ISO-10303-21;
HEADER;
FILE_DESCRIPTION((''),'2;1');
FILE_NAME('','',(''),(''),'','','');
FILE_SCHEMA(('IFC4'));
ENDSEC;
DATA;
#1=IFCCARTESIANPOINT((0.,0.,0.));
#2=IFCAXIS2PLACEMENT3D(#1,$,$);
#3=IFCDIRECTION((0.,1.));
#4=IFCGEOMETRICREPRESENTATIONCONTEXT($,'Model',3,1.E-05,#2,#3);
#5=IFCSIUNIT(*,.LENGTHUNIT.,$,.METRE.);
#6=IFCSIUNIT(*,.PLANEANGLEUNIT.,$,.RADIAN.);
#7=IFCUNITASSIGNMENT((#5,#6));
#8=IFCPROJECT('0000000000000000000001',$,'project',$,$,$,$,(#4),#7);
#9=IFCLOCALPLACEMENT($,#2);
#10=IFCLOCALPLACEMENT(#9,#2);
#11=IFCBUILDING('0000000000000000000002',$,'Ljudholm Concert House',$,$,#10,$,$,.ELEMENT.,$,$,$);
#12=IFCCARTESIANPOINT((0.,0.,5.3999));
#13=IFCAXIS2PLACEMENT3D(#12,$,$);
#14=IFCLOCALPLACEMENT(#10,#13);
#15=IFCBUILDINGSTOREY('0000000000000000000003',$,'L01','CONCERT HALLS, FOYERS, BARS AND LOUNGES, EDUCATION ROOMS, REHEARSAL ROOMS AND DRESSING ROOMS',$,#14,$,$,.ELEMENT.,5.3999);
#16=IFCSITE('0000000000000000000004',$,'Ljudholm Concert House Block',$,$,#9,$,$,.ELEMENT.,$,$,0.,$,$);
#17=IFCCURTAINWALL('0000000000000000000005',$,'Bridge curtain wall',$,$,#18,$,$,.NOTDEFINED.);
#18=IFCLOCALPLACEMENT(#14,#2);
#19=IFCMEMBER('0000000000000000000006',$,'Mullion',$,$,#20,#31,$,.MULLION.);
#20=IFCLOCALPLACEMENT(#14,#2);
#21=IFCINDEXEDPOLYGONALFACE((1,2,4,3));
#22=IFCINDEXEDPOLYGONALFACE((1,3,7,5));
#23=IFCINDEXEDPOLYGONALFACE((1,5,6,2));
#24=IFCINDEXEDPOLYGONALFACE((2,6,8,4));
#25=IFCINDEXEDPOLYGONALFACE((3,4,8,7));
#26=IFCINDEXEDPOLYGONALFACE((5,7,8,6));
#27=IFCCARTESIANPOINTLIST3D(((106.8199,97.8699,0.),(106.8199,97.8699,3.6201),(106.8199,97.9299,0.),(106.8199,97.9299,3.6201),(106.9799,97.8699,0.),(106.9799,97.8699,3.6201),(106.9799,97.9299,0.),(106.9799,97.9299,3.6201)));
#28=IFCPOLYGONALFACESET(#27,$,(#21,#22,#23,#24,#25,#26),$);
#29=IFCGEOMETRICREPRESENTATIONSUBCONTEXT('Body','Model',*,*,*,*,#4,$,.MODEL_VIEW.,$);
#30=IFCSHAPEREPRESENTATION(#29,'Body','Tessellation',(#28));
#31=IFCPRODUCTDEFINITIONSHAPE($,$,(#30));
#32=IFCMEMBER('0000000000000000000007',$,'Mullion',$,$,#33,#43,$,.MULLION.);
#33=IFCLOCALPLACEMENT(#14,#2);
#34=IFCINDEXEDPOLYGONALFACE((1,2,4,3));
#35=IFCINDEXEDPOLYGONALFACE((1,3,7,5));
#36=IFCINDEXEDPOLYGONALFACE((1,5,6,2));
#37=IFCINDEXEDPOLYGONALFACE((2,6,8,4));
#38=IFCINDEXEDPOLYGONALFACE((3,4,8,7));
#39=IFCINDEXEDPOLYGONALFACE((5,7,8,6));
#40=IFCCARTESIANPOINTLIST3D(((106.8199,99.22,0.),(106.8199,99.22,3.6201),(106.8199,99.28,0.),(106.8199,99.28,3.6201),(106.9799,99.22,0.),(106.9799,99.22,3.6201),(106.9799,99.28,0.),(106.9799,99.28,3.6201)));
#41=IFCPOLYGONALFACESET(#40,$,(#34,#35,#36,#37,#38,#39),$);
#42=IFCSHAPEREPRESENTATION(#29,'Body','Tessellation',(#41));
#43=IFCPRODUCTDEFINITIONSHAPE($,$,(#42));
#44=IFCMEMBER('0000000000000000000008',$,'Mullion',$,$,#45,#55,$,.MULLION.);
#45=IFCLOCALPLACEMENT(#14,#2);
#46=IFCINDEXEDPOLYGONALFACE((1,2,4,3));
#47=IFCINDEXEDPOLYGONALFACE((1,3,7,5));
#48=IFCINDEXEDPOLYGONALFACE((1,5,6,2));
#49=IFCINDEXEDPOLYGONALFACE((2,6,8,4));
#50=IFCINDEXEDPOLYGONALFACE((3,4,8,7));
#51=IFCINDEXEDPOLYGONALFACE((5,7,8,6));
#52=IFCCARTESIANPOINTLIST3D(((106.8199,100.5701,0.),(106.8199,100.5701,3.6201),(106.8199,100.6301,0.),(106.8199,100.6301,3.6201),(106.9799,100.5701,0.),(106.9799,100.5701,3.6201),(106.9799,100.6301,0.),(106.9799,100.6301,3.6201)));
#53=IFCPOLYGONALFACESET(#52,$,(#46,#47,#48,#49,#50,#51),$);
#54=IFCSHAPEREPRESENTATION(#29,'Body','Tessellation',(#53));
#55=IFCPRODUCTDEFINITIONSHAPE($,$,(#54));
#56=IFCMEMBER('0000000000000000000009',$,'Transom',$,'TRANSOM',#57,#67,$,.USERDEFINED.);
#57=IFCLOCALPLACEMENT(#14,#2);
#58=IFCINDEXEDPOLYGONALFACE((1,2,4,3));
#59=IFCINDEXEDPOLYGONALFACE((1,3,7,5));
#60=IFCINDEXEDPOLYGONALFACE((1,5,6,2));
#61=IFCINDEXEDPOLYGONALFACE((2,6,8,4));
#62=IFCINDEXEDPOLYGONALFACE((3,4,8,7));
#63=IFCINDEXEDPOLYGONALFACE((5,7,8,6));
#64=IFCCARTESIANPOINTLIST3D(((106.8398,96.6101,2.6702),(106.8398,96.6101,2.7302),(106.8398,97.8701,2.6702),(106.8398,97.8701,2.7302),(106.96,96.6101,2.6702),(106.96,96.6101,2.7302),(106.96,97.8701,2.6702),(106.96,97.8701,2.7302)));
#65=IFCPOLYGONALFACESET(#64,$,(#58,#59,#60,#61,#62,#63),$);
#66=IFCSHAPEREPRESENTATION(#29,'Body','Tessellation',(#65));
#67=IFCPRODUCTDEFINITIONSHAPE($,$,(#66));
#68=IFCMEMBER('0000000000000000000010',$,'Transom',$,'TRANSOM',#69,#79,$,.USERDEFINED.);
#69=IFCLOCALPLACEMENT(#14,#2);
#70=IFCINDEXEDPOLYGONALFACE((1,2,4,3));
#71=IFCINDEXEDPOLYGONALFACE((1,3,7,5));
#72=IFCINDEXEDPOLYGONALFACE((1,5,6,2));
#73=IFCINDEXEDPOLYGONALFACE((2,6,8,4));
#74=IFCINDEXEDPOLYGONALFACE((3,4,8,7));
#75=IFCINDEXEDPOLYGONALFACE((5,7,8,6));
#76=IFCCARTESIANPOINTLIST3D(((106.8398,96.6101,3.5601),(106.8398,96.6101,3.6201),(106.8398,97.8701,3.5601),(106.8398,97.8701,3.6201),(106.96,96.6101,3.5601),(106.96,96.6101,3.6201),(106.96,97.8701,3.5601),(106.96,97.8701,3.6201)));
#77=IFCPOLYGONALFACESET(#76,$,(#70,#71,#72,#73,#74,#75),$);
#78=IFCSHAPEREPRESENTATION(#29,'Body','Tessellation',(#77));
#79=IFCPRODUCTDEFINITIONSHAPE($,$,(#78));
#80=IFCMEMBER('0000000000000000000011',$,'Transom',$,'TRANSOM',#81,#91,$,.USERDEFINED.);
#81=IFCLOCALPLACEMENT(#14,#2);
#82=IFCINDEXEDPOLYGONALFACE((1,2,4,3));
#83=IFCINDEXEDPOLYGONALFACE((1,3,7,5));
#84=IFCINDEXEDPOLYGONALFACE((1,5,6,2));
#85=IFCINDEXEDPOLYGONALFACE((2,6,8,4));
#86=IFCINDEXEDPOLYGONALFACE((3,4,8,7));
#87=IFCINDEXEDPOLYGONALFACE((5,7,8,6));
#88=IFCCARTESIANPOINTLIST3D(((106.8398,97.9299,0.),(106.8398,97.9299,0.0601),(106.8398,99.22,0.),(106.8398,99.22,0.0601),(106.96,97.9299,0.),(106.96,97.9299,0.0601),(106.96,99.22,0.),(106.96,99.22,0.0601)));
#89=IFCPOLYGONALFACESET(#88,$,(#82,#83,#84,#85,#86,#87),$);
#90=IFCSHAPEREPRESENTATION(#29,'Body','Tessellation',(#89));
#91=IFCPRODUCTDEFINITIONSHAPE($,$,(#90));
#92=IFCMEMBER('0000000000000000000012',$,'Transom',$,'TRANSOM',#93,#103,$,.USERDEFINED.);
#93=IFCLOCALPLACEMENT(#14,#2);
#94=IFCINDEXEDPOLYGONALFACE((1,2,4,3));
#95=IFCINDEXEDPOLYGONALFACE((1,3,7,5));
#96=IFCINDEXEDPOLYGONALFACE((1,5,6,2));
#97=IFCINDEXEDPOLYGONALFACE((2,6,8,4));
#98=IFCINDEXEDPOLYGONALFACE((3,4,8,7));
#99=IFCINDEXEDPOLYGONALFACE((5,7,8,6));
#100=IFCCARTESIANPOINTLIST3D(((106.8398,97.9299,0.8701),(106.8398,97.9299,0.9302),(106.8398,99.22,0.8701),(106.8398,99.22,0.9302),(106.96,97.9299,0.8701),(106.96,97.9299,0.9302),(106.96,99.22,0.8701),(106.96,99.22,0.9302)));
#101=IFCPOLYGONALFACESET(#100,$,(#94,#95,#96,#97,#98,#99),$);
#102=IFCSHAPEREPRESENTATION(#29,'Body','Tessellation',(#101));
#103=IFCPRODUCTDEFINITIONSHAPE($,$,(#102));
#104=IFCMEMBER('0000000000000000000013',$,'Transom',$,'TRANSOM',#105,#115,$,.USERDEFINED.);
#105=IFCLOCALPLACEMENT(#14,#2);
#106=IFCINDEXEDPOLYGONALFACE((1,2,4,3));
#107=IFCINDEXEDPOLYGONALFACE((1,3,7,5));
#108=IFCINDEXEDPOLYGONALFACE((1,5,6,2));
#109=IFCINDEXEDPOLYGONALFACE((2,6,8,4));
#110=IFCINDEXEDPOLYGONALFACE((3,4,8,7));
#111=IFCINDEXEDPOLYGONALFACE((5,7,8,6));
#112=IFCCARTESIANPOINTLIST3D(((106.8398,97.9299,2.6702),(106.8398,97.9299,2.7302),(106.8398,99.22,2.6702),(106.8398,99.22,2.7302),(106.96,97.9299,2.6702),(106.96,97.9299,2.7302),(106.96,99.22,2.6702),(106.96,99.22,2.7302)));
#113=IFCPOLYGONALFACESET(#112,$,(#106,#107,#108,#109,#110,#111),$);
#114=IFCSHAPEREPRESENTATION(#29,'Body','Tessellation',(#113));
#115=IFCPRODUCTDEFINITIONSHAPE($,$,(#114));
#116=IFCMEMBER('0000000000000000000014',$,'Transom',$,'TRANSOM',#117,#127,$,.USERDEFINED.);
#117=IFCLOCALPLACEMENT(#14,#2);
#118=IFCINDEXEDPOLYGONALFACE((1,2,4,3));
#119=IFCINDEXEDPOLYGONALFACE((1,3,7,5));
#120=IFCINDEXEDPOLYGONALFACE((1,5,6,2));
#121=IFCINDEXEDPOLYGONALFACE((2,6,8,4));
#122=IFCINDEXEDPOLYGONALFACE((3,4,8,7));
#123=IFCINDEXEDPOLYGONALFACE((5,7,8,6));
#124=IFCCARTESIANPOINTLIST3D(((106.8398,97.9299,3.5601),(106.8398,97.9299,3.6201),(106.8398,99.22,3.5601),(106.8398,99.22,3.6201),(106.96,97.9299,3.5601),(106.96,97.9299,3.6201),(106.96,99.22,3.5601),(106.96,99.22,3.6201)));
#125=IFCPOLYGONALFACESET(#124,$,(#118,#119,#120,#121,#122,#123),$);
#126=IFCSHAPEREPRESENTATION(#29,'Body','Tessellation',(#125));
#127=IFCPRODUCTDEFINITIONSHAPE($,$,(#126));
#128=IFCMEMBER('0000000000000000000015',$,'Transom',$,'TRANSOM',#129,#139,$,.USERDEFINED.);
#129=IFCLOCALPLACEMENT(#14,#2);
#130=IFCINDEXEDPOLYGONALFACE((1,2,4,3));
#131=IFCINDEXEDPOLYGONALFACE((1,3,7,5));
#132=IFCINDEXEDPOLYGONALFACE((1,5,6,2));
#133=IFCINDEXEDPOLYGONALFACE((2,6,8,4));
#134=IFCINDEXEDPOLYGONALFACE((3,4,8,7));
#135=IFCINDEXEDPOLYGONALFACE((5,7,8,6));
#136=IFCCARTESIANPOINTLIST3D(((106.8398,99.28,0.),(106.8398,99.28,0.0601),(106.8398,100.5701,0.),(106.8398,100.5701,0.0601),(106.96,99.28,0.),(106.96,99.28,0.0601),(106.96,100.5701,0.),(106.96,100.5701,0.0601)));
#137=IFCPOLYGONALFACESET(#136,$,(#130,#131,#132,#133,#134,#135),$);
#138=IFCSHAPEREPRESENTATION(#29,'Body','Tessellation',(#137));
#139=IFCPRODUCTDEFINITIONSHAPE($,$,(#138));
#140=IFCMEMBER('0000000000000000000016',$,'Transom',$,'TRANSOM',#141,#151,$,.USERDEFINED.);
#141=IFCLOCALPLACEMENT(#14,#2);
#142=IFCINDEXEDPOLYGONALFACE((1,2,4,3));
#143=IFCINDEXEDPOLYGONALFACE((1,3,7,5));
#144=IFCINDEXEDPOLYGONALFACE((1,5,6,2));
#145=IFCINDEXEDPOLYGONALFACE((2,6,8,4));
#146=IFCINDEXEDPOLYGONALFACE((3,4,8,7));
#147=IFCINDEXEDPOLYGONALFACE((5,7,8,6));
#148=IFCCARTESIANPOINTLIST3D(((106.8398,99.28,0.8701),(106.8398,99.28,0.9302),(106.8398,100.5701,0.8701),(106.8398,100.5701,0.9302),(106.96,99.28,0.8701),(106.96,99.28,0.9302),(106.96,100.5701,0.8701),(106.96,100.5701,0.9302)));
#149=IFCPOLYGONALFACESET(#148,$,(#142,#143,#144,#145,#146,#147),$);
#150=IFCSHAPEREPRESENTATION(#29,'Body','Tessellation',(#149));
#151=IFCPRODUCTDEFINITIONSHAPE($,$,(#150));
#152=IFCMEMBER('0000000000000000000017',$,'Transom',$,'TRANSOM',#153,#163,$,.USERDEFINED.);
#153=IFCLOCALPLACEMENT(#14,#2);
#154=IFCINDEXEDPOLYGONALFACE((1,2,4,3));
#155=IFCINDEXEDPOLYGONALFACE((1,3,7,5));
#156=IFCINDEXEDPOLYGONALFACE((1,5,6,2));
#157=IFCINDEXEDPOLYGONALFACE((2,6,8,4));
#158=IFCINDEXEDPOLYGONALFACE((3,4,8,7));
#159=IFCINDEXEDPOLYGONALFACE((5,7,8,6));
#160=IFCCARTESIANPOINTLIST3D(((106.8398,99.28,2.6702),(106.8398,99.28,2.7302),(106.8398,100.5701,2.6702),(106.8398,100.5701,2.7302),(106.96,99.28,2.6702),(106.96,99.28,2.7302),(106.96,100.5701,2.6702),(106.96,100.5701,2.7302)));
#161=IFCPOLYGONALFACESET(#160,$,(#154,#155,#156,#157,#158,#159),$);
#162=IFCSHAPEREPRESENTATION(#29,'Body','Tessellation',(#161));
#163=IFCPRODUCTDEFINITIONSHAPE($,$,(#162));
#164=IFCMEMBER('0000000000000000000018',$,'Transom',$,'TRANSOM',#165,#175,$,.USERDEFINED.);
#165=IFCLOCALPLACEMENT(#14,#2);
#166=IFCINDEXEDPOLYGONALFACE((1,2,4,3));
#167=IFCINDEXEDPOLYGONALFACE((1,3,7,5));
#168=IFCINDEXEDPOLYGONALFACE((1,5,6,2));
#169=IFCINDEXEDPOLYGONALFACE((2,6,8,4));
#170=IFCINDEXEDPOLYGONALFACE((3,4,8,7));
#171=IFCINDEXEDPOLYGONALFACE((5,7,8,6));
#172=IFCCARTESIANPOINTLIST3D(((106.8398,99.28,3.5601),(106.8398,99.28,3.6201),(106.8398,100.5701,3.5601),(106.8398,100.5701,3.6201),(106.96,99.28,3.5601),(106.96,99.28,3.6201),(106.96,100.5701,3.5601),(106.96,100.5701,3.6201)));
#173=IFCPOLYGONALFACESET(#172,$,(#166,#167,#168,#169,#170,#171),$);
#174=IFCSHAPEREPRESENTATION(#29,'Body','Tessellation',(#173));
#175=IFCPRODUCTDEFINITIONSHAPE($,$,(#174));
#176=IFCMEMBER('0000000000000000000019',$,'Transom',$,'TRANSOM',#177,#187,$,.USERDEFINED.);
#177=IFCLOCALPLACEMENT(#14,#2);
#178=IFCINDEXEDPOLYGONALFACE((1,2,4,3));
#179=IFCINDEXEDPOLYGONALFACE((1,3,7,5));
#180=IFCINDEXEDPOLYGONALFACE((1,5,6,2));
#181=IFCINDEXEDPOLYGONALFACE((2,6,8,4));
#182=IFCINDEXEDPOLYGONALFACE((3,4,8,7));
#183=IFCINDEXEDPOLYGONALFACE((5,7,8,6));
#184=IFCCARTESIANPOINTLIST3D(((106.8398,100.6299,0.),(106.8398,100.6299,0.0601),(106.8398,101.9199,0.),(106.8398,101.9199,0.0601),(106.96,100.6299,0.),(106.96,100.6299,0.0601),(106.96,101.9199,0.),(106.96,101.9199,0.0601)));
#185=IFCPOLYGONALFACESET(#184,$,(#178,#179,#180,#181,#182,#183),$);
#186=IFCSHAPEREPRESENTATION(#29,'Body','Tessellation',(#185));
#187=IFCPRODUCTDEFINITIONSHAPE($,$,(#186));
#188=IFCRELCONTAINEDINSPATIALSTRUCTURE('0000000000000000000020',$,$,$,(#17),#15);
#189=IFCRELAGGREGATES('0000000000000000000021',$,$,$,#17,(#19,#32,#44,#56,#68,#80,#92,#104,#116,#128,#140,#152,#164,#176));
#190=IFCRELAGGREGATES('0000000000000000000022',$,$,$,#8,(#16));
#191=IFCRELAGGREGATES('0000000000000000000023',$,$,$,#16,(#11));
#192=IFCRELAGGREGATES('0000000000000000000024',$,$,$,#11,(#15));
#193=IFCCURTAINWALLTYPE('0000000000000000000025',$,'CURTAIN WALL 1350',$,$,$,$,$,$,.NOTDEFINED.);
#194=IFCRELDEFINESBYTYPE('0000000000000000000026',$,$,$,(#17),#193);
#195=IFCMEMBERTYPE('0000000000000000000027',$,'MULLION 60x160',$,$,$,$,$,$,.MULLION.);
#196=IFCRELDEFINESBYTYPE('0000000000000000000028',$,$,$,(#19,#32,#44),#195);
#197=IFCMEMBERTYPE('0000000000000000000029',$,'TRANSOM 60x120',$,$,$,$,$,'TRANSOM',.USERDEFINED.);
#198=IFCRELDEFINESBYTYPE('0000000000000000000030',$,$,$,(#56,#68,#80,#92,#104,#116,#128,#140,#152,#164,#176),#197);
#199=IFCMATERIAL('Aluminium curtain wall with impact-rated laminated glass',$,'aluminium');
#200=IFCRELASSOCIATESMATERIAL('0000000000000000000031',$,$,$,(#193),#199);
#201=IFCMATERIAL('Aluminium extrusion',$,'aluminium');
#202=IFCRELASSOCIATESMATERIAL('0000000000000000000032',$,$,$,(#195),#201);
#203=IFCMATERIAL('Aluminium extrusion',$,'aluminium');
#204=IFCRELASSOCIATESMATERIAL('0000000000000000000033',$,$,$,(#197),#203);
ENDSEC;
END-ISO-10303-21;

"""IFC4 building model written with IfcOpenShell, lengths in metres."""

from ifc_helpers import new_model, si_unit, direction, frame, origin, origin_2d, place, context, subcontext, project, spatial, rectangle, extrude, material, material_profile, profile_set, type_object, element, aggregate, save


model = new_model("IFC4")

# Units and contexts
model_context = context("Model", 3, precision=1e-05, world=origin(), true_north=direction((0.0, 1.0)))
body_context = subcontext(model_context, "Body", "Model", "MODEL_VIEW")
ifc_project = project(units=[si_unit("LENGTHUNIT", "METRE"), si_unit("PLANEANGLEUNIT", "RADIAN")], contexts=[model_context])

# Site, building, storey
site_placement = place(None, origin())
site = spatial("IfcSite", under=ifc_project, at=site_placement, Name="Ljudholm Concert House Block", CompositionType="ELEMENT", RefElevation=0.0)
building_placement = place(site_placement, origin())
building = spatial("IfcBuilding", under=site, at=building_placement, Name="Ljudholm Concert House", CompositionType="ELEMENT")
storey_placement = place(building_placement, frame((0.0, 0.0, 5.3999)))
storey = spatial("IfcBuildingStorey", under=building, at=storey_placement, Name="L01", Description="CONCERT HALLS, FOYERS, BARS AND LOUNGES, EDUCATION ROOMS, REHEARSAL ROOMS AND DRESSING ROOMS", CompositionType="ELEMENT", Elevation=5.3999)

# Curtain wall, members
ifc_material_1 = material(Name="Aluminium curtain wall with impact-rated laminated glass", Category="aluminium")
curtain_wall_type = type_object("IfcCurtainWallType", Name="CURTAIN WALL 1350", PredefinedType="NOTDEFINED", material=ifc_material_1)
curtain_wall_placement = place(storey_placement, origin())
curtain_wall = element("IfcCurtainWall", 1, at=curtain_wall_placement, inside=storey, type_object=curtain_wall_type, Name="Bridge curtain wall", PredefinedType="NOTDEFINED")
ifc_material_2 = material(Name="Aluminium extrusion", Category="aluminium")
ifc_material_profile_1 = material_profile(ifc_material_2, rectangle(XDim=0.1599, YDim=0.0601, at=origin_2d()), Name="MULLION 60x160")
ifc_profile_set_1 = profile_set([ifc_material_profile_1], Name="Aluminium extrusion")
member_type_1 = type_object("IfcMemberType", Name="MULLION 60x160", PredefinedType="MULLION", material=ifc_profile_set_1)
member_1_placement = place(storey_placement, frame((106.8999, 97.8999, 0.0), z_axis=(0.0, 0.0, 1.0), x_axis=(-1.0, 0.0, 0.0)))
member_1 = element("IfcMember", 2, at=member_1_placement, type_object=member_type_1, Name="Mullion", PredefinedType="MULLION", context=body_context, shape_type="SweptSolid", body=[
    extrude(rectangle(XDim=0.1599, YDim=0.0601, at=origin_2d()), origin(), (0.0, 0.0, 1.0), 3.6201),
])
member_2_placement = place(storey_placement, frame((106.8999, 99.25, 0.0), z_axis=(0.0, 0.0, 1.0), x_axis=(-1.0, 0.0, 0.0)))
member_2 = element("IfcMember", 3, at=member_2_placement, type_object=member_type_1, Name="Mullion", PredefinedType="MULLION", context=body_context, shape_type="SweptSolid", body=[
    extrude(rectangle(XDim=0.1599, YDim=0.0601, at=origin_2d()), origin(), (0.0, 0.0, 1.0), 3.6201),
])
member_3_placement = place(storey_placement, frame((106.8999, 100.6001, 0.0), z_axis=(0.0, 0.0, 1.0), x_axis=(-1.0, 0.0, 0.0)))
member_3 = element("IfcMember", 4, at=member_3_placement, type_object=member_type_1, Name="Mullion", PredefinedType="MULLION", context=body_context, shape_type="SweptSolid", body=[
    extrude(rectangle(XDim=0.1599, YDim=0.0601, at=origin_2d()), origin(), (0.0, 0.0, 1.0), 3.6201),
])
ifc_material_3 = material(Name="Aluminium extrusion", Category="aluminium")
ifc_material_profile_2 = material_profile(ifc_material_3, rectangle(XDim=0.1201, YDim=0.0601, at=origin_2d()), Name="TRANSOM 60x120")
ifc_profile_set_2 = profile_set([ifc_material_profile_2], Name="Aluminium extrusion")
member_type_2 = type_object("IfcMemberType", Name="TRANSOM 60x120", ElementType="TRANSOM", PredefinedType="USERDEFINED", material=ifc_profile_set_2)
member_4_placement = place(storey_placement, frame((106.8999, 96.6101, 2.7002), z_axis=(0.0, 1.0, 0.0), x_axis=(-1.0, 0.0, 0.0)))
member_4 = element("IfcMember", 5, at=member_4_placement, type_object=member_type_2, Name="Transom", ObjectType="TRANSOM", PredefinedType="USERDEFINED", context=body_context, shape_type="SweptSolid", body=[
    extrude(rectangle(XDim=0.1201, YDim=0.0601, at=origin_2d()), origin(), (0.0, 0.0, 1.0), 1.26),
])
member_5_placement = place(storey_placement, frame((106.8999, 96.6101, 3.5901), z_axis=(0.0, 1.0, 0.0), x_axis=(-1.0, 0.0, 0.0)))
member_5 = element("IfcMember", 6, at=member_5_placement, type_object=member_type_2, Name="Transom", ObjectType="TRANSOM", PredefinedType="USERDEFINED", context=body_context, shape_type="SweptSolid", body=[
    extrude(rectangle(XDim=0.1201, YDim=0.0601, at=origin_2d()), origin(), (0.0, 0.0, 1.0), 1.26),
])
member_6_placement = place(storey_placement, frame((106.8999, 97.9299, 0.03), z_axis=(0.0, 1.0, 0.0), x_axis=(-1.0, 0.0, 0.0)))
member_6 = element("IfcMember", 7, at=member_6_placement, type_object=member_type_2, Name="Transom", ObjectType="TRANSOM", PredefinedType="USERDEFINED", context=body_context, shape_type="SweptSolid", body=[
    extrude(rectangle(XDim=0.1201, YDim=0.0601, at=origin_2d()), origin(), (0.0, 0.0, 1.0), 1.29),
])
member_7_placement = place(storey_placement, frame((106.8999, 97.9299, 0.9001), z_axis=(0.0, 1.0, 0.0), x_axis=(-1.0, 0.0, 0.0)))
member_7 = element("IfcMember", 8, at=member_7_placement, type_object=member_type_2, Name="Transom", ObjectType="TRANSOM", PredefinedType="USERDEFINED", context=body_context, shape_type="SweptSolid", body=[
    extrude(rectangle(XDim=0.1201, YDim=0.0601, at=origin_2d()), origin(), (0.0, 0.0, 1.0), 1.29),
])
member_8_placement = place(storey_placement, frame((106.8999, 97.9299, 2.7002), z_axis=(0.0, 1.0, 0.0), x_axis=(-1.0, 0.0, 0.0)))
member_8 = element("IfcMember", 9, at=member_8_placement, type_object=member_type_2, Name="Transom", ObjectType="TRANSOM", PredefinedType="USERDEFINED", context=body_context, shape_type="SweptSolid", body=[
    extrude(rectangle(XDim=0.1201, YDim=0.0601, at=origin_2d()), origin(), (0.0, 0.0, 1.0), 1.29),
])
member_9_placement = place(storey_placement, frame((106.8999, 97.9299, 3.5901), z_axis=(0.0, 1.0, 0.0), x_axis=(-1.0, 0.0, 0.0)))
member_9 = element("IfcMember", 10, at=member_9_placement, type_object=member_type_2, Name="Transom", ObjectType="TRANSOM", PredefinedType="USERDEFINED", context=body_context, shape_type="SweptSolid", body=[
    extrude(rectangle(XDim=0.1201, YDim=0.0601, at=origin_2d()), origin(), (0.0, 0.0, 1.0), 1.29),
])
member_10_placement = place(storey_placement, frame((106.8999, 99.28, 0.03), z_axis=(0.0, 1.0, 0.0), x_axis=(-1.0, 0.0, 0.0)))
member_10 = element("IfcMember", 11, at=member_10_placement, type_object=member_type_2, Name="Transom", ObjectType="TRANSOM", PredefinedType="USERDEFINED", context=body_context, shape_type="SweptSolid", body=[
    extrude(rectangle(XDim=0.1201, YDim=0.0601, at=origin_2d()), origin(), (0.0, 0.0, 1.0), 1.29),
])
member_11_placement = place(storey_placement, frame((106.8999, 99.28, 0.9001), z_axis=(0.0, 1.0, 0.0), x_axis=(-1.0, 0.0, 0.0)))
member_11 = element("IfcMember", 12, at=member_11_placement, type_object=member_type_2, Name="Transom", ObjectType="TRANSOM", PredefinedType="USERDEFINED", context=body_context, shape_type="SweptSolid", body=[
    extrude(rectangle(XDim=0.1201, YDim=0.0601, at=origin_2d()), origin(), (0.0, 0.0, 1.0), 1.29),
])
member_12_placement = place(storey_placement, frame((106.8999, 99.28, 2.7002), z_axis=(0.0, 1.0, 0.0), x_axis=(-1.0, 0.0, 0.0)))
member_12 = element("IfcMember", 13, at=member_12_placement, type_object=member_type_2, Name="Transom", ObjectType="TRANSOM", PredefinedType="USERDEFINED", context=body_context, shape_type="SweptSolid", body=[
    extrude(rectangle(XDim=0.1201, YDim=0.0601, at=origin_2d()), origin(), (0.0, 0.0, 1.0), 1.29),
])
member_13_placement = place(storey_placement, frame((106.8999, 99.28, 3.5901), z_axis=(0.0, 1.0, 0.0), x_axis=(-1.0, 0.0, 0.0)))
member_13 = element("IfcMember", 14, at=member_13_placement, type_object=member_type_2, Name="Transom", ObjectType="TRANSOM", PredefinedType="USERDEFINED", context=body_context, shape_type="SweptSolid", body=[
    extrude(rectangle(XDim=0.1201, YDim=0.0601, at=origin_2d()), origin(), (0.0, 0.0, 1.0), 1.29),
])
member_14_placement = place(storey_placement, frame((106.8999, 100.6299, 0.03), z_axis=(0.0, 1.0, 0.0), x_axis=(-1.0, 0.0, 0.0)))
member_14 = element("IfcMember", 15, at=member_14_placement, type_object=member_type_2, Name="Transom", ObjectType="TRANSOM", PredefinedType="USERDEFINED", context=body_context, shape_type="SweptSolid", body=[
    extrude(rectangle(XDim=0.1201, YDim=0.0601, at=origin_2d()), origin(), (0.0, 0.0, 1.0), 1.29),
])
aggregate(curtain_wall, [member_1, member_2, member_3, member_4, member_5, member_6, member_7, member_8, member_9, member_10, member_11, member_12, member_13, member_14])

save(model, "model.ifc")
